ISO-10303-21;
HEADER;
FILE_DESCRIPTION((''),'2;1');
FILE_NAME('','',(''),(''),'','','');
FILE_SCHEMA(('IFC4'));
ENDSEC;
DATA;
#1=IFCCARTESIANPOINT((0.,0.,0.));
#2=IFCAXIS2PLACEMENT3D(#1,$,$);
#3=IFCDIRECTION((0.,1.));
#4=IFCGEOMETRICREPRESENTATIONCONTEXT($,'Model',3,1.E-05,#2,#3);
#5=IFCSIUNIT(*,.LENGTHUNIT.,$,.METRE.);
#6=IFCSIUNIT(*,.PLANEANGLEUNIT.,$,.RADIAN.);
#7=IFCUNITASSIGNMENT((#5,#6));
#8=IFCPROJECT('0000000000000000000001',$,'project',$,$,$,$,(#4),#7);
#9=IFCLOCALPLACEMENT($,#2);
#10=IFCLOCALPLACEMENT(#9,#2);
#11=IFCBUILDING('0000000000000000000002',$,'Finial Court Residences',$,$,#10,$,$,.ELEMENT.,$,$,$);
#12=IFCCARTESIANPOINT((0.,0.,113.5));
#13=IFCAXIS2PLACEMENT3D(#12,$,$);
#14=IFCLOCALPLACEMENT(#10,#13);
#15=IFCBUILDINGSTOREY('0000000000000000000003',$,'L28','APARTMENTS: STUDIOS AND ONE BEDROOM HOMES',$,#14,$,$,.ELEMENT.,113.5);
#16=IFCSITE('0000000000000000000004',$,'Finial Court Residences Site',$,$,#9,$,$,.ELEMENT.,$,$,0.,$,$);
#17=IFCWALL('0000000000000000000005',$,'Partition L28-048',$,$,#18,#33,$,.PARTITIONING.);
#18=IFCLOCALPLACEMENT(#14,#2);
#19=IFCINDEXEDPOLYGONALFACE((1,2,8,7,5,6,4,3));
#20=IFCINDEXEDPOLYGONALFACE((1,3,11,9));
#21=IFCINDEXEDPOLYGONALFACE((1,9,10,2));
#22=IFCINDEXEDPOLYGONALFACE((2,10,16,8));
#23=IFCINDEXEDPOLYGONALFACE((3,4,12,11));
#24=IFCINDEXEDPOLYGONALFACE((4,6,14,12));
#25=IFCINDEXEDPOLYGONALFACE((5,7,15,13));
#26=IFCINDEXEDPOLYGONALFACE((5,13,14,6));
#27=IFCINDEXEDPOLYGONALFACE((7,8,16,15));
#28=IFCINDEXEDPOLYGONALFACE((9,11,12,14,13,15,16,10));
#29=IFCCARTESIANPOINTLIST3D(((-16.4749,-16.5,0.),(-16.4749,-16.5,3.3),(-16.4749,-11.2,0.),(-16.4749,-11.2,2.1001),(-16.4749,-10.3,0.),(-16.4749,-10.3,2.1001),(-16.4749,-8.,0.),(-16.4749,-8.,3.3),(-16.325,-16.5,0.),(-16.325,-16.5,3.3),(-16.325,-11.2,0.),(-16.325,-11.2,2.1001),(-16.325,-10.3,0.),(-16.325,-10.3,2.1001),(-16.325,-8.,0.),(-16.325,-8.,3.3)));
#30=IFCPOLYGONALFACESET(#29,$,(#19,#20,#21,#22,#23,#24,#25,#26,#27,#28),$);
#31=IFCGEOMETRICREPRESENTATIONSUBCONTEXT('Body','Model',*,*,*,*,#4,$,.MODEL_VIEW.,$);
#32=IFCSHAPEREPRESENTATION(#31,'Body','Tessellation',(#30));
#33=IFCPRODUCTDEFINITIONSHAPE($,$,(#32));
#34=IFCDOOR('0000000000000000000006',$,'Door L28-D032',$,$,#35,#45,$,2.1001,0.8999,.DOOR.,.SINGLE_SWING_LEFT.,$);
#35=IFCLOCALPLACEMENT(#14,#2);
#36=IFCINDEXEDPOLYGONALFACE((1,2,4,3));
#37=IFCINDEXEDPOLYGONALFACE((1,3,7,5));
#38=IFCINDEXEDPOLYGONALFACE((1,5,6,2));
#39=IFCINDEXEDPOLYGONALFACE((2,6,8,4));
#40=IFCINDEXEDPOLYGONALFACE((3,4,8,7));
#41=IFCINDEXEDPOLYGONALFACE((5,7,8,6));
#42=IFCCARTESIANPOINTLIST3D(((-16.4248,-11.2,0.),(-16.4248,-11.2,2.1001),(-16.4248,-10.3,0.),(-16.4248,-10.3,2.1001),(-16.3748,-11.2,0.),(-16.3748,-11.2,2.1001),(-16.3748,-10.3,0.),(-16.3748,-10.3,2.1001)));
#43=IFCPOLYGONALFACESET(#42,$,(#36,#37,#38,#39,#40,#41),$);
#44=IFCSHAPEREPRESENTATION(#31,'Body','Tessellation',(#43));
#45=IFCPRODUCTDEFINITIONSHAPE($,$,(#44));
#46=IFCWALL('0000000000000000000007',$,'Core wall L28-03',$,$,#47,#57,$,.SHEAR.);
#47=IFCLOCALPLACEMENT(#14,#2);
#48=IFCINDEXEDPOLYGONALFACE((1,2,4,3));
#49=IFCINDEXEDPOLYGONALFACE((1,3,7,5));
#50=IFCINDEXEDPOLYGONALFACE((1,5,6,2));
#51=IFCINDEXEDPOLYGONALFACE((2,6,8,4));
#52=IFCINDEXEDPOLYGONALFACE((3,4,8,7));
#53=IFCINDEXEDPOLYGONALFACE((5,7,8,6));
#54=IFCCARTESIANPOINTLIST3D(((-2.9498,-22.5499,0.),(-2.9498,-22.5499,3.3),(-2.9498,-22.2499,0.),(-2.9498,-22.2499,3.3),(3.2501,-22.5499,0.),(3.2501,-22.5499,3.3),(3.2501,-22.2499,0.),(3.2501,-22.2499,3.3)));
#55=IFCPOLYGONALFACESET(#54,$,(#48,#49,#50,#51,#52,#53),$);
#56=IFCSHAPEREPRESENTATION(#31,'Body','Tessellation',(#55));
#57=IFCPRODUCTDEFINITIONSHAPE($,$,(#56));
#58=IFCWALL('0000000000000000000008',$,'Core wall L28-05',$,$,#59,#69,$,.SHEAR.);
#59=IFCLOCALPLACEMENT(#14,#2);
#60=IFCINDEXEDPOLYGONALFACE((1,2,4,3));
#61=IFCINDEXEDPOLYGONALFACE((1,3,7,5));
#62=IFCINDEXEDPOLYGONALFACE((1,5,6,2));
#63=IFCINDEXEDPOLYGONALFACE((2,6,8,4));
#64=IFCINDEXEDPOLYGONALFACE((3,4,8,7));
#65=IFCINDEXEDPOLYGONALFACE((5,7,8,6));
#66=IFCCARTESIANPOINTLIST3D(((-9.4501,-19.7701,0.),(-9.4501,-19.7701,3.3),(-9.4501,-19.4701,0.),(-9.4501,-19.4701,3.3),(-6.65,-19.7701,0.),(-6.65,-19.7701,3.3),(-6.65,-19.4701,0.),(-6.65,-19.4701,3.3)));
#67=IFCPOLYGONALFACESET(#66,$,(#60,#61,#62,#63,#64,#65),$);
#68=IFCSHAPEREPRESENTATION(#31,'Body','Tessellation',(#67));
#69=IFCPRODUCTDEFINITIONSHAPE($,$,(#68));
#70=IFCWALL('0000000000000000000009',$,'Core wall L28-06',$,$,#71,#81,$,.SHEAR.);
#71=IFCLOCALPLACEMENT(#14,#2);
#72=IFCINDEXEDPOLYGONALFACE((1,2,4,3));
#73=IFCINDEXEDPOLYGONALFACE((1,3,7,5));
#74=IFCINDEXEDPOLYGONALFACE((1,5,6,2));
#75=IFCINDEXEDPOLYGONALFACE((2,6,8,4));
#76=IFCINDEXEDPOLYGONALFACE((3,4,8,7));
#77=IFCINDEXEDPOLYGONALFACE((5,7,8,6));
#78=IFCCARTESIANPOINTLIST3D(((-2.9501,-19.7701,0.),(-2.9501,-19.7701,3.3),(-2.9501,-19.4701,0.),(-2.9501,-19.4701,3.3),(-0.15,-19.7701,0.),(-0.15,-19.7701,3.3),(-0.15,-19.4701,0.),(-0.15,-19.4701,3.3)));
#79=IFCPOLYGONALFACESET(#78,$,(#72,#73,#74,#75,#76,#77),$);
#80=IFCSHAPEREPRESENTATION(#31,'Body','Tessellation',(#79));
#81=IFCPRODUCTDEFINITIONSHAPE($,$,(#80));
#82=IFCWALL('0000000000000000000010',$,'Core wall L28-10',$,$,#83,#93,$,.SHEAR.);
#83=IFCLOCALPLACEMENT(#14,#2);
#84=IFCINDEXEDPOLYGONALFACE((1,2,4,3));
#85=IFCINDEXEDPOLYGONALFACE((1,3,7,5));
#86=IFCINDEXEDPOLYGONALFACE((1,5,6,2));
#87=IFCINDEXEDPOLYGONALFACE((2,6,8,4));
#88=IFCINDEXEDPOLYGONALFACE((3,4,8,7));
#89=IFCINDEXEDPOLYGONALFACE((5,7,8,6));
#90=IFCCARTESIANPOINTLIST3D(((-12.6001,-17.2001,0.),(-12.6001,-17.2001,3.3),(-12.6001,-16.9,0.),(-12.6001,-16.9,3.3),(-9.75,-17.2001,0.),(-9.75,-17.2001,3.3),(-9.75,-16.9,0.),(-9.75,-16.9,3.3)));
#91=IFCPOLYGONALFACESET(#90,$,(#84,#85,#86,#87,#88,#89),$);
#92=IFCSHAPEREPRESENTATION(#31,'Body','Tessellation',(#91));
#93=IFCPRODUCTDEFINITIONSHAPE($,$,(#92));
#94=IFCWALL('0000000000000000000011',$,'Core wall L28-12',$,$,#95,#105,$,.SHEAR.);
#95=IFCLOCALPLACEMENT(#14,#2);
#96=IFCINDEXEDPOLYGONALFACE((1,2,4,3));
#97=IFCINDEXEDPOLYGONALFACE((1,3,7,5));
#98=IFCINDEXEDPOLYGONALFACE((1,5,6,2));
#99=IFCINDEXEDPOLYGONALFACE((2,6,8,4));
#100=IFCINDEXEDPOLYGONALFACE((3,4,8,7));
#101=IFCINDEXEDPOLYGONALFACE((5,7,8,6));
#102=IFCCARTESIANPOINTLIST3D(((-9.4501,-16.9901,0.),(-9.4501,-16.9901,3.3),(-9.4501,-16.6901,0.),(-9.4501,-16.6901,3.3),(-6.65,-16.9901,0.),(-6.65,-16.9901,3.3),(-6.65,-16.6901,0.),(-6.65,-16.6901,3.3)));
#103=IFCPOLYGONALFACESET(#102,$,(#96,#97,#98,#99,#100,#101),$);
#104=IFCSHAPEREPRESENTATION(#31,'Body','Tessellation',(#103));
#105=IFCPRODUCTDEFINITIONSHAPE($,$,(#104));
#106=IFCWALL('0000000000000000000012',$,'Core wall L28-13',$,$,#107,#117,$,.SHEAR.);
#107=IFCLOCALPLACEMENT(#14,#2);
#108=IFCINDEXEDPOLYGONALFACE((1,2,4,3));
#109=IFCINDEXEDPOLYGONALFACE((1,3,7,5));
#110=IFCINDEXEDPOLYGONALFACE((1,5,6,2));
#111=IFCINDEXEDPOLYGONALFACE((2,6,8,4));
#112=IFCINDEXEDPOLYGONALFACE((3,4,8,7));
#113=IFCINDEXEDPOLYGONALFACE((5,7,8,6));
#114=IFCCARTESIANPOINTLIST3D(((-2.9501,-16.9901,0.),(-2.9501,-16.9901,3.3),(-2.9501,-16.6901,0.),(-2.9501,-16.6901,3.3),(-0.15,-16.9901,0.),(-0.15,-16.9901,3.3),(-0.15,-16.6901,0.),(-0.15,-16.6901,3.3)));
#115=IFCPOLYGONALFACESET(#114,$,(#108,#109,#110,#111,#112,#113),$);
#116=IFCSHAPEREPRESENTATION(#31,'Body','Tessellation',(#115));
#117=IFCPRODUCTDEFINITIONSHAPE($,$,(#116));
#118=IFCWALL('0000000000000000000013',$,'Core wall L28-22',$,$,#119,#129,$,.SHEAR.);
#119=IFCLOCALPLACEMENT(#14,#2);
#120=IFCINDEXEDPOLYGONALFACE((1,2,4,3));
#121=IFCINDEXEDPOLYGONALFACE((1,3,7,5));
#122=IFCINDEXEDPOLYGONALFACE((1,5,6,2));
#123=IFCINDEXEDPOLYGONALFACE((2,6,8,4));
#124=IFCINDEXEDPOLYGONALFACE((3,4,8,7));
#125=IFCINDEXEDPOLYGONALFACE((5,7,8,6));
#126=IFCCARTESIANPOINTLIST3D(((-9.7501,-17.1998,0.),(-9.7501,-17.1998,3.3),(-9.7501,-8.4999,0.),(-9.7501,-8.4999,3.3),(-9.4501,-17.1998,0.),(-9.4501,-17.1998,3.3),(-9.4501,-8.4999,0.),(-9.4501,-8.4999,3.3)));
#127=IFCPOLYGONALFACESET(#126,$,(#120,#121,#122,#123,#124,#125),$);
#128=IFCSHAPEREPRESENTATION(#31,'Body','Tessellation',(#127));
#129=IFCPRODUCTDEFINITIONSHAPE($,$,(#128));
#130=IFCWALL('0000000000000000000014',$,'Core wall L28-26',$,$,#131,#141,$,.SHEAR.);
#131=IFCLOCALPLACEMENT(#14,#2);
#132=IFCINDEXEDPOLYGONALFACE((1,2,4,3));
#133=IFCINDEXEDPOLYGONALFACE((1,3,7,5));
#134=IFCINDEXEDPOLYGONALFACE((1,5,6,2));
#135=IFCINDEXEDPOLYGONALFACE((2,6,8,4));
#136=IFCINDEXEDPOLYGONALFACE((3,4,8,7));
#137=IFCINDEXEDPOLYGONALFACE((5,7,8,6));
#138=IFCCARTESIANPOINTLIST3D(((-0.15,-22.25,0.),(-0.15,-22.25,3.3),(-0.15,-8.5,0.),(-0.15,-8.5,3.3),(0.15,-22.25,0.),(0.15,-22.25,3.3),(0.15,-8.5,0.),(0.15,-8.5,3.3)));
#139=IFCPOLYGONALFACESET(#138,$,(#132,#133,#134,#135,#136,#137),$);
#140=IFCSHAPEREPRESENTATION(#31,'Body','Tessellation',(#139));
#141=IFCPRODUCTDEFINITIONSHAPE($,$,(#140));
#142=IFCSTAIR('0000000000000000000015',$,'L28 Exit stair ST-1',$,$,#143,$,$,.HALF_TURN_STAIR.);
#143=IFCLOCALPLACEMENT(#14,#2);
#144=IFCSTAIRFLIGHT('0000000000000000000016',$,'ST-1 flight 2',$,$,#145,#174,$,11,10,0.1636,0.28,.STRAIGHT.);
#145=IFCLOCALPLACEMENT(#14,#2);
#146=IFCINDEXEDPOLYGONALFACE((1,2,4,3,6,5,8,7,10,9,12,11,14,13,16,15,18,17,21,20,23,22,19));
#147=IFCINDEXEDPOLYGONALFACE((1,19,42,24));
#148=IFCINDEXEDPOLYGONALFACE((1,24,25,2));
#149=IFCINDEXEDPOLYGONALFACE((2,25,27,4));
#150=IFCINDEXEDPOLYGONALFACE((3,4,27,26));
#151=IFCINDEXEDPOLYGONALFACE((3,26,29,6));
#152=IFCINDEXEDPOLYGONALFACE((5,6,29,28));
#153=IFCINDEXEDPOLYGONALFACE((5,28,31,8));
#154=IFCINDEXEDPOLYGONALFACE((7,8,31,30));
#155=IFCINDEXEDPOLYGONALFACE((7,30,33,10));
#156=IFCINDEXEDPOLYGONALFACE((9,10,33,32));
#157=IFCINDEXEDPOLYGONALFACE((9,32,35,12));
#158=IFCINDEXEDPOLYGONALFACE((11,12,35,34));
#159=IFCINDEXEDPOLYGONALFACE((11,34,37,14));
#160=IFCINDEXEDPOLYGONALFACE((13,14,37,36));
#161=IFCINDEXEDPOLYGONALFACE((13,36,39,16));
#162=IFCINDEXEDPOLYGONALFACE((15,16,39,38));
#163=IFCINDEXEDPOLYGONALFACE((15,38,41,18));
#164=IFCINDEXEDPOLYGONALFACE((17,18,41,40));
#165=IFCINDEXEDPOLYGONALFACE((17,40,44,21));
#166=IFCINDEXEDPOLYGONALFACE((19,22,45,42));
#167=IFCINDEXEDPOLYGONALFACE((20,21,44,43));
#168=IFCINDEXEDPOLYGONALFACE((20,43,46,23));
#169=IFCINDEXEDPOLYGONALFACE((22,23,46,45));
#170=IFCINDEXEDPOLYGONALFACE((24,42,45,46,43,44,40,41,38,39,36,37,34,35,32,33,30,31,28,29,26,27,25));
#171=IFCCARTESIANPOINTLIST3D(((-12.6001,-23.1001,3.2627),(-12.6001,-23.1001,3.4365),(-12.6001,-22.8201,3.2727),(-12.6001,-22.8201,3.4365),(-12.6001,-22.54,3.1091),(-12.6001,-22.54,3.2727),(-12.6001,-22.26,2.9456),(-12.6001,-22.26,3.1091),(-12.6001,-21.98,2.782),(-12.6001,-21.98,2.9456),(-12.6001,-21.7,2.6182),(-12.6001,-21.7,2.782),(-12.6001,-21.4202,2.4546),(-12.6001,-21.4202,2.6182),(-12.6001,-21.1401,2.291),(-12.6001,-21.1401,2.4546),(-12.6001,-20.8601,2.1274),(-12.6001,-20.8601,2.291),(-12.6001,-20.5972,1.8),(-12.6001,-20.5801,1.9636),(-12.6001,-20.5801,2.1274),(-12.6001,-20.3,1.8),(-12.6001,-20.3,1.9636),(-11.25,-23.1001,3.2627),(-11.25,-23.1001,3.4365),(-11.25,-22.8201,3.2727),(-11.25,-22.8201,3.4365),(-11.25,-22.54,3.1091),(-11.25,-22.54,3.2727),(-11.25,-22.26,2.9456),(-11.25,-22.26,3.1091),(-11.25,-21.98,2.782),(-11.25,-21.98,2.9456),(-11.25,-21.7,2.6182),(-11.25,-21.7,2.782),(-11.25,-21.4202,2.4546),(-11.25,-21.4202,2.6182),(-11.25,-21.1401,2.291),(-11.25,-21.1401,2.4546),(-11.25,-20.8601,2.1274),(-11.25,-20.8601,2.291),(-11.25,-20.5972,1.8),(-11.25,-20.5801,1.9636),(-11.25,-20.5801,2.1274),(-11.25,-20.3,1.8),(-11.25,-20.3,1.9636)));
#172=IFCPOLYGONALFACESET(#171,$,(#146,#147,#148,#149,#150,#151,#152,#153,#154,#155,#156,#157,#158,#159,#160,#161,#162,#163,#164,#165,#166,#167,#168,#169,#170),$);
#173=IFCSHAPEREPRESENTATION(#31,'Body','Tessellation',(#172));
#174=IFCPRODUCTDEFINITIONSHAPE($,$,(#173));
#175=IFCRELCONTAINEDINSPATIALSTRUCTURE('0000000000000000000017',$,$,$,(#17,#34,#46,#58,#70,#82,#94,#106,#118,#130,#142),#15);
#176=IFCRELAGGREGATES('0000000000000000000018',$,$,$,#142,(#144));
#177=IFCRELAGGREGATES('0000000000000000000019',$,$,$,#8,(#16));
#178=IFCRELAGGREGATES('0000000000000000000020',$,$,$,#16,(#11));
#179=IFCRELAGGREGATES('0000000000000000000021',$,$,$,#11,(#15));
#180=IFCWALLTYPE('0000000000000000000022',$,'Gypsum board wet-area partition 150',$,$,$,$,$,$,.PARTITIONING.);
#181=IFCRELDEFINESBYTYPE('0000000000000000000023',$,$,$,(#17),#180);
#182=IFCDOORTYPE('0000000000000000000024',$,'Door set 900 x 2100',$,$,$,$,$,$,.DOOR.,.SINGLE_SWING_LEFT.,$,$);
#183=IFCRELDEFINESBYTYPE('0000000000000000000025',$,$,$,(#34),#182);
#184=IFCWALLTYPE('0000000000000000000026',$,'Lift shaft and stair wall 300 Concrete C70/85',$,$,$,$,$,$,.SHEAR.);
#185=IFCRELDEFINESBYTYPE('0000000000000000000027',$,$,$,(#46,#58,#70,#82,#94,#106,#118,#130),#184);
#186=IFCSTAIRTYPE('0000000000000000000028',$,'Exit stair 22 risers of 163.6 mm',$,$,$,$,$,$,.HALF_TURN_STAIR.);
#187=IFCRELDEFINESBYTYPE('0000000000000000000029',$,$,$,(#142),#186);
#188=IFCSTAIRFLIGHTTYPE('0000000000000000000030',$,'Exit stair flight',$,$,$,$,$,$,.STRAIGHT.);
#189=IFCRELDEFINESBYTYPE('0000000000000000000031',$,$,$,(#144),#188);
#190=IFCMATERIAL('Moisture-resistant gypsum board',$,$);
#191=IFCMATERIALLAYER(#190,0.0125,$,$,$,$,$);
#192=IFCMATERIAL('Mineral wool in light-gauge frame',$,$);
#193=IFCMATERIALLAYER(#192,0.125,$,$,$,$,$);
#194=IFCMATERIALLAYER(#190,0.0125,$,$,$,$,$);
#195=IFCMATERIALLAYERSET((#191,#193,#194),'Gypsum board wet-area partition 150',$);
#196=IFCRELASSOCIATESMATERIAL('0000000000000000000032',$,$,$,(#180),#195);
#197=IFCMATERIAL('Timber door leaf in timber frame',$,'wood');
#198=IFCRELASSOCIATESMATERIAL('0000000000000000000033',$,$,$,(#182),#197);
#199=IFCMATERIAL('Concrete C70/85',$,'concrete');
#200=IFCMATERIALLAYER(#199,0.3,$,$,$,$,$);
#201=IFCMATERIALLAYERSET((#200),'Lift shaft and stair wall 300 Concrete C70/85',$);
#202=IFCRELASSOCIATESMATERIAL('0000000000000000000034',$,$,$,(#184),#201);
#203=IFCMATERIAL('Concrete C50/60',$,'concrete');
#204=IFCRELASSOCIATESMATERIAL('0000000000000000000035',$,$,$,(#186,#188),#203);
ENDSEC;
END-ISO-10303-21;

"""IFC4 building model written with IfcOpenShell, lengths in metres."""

from ifc_helpers import new_model, si_unit, direction, frame, frame_2d, origin, place, context, subcontext, project, spatial, polyline, rectangle, outline, extrude, material, layer, layer_set, type_object, element, fill, aggregate, save


model = new_model("IFC4")

# Units and contexts
model_context = context("Model", 3, precision=1e-05, world=origin(), true_north=direction((0.0, 1.0)))
body_context = subcontext(model_context, "Body", "Model", "MODEL_VIEW")
ifc_project = project(units=[si_unit("LENGTHUNIT", "METRE"), si_unit("PLANEANGLEUNIT", "RADIAN")], contexts=[model_context])

# Site, building, storey
site_placement = place(None, origin())
site = spatial("IfcSite", under=ifc_project, at=site_placement, Name="Finial Court Residences Site", CompositionType="ELEMENT", RefElevation=0.0)
building_placement = place(site_placement, origin())
building = spatial("IfcBuilding", under=site, at=building_placement, Name="Finial Court Residences", CompositionType="ELEMENT")
storey_placement = place(building_placement, frame((0.0, 0.0, 113.5)))
storey = spatial("IfcBuildingStorey", under=building, at=storey_placement, Name="L28", Description="APARTMENTS: STUDIOS AND ONE BEDROOM HOMES", CompositionType="ELEMENT", Elevation=113.5)

# Wall, opening, door
ifc_material_1 = material(Name="Moisture-resistant gypsum board")
ifc_layer_1 = layer(ifc_material_1, 0.0125)
ifc_material_2 = material(Name="Mineral wool in light-gauge frame")
ifc_layer_2 = layer(ifc_material_2, 0.125)
ifc_layer_3 = layer(ifc_material_1, 0.0125)
ifc_layer_set_1 = layer_set([ifc_layer_1, ifc_layer_2, ifc_layer_3], Name="Gypsum board wet-area partition 150")
wall_type_1 = type_object("IfcWallType", Name="Gypsum board wet-area partition 150", PredefinedType="PARTITIONING", material=ifc_layer_set_1)
wall_1_placement = place(storey_placement, frame((-16.3999, -16.5, 0.0), z_axis=(0.0, 0.0, 1.0), x_axis=(0.0, 1.0, 0.0)))
wall_1 = element("IfcWall", 1, at=wall_1_placement, inside=storey, type_object=wall_type_1, Name="Partition L28-048", PredefinedType="PARTITIONING", context=body_context, shape_type="SweptSolid", body=[
    extrude(rectangle(XDim=8.5, YDim=0.1499, at=frame_2d((4.25, 0.0))), origin(), (0.0, 0.0, 1.0), 3.3),
])
opening_placement = place(wall_1_placement, frame((5.3, 0.0, 0.0)))
opening = element("IfcOpeningElement", 2, at=opening_placement, cuts=wall_1, PredefinedType="OPENING", context=body_context, shape_type="SweptSolid", body=[
    extrude(rectangle(XDim=0.8999, YDim=2.1001, at=frame_2d((0.45, 1.05))), frame((0.0, 0.085, 0.0), z_axis=(0.0, -1.0, 0.0), x_axis=(1.0, 0.0, 0.0)), (0.0, 0.0, 1.0), 0.1699),
])
ifc_material_3 = material(Name="Timber door leaf in timber frame", Category="wood")
door_type = type_object("IfcDoorType", Name="Door set 900 x 2100", OperationType="SINGLE_SWING_LEFT", PredefinedType="DOOR", material=ifc_material_3)
door_placement = place(opening_placement, origin())
door = element("IfcDoor", 3, at=door_placement, inside=storey, type_object=door_type, Name="Door L28-D032", OperationType="SINGLE_SWING_LEFT", OverallHeight=2.1001, OverallWidth=0.8999, PredefinedType="DOOR", context=body_context, shape_type="SweptSolid", body=[
    extrude(rectangle(XDim=0.8999, YDim=2.1001, at=frame_2d((0.45, 1.05))), frame((0.0, 0.0249, 0.0), z_axis=(0.0, -1.0, 0.0), x_axis=(1.0, 0.0, 0.0)), (0.0, 0.0, 1.0), 0.05),
])
fill(opening, door)

# Walls
ifc_material_4 = material(Name="Concrete C70/85", Category="concrete")
ifc_layer_4 = layer(ifc_material_4, 0.3)
ifc_layer_set_2 = layer_set([ifc_layer_4], Name="Lift shaft and stair wall 300 Concrete C70/85")
wall_type_2 = type_object("IfcWallType", Name="Lift shaft and stair wall 300 Concrete C70/85", PredefinedType="SHEAR", material=ifc_layer_set_2)
wall_2_placement = place(storey_placement, frame((-2.95, -22.3999, 0.0), z_axis=(0.0, 0.0, 1.0), x_axis=(1.0, 0.0, 0.0)))
element("IfcWall", 4, at=wall_2_placement, inside=storey, type_object=wall_type_2, Name="Core wall L28-03", PredefinedType="SHEAR", context=body_context, shape_type="SweptSolid", body=[
    extrude(rectangle(XDim=6.2, YDim=0.3, at=frame_2d((3.1001, 0.0))), origin(), (0.0, 0.0, 1.0), 3.3),
])
for number, where, z_axis, x_axis, name in (
    (5, (-9.45, -19.6201, 0.0), (0.0, 0.0, 1.0), (1.0, 0.0, 0.0), "Core wall L28-05"),
    (6, (-2.95, -19.6201, 0.0), (0.0, 0.0, 1.0), (1.0, 0.0, 0.0), "Core wall L28-06"),
):
    element("IfcWall", number, at=place(storey_placement, frame(where, z_axis=z_axis, x_axis=x_axis)), inside=storey, type_object=wall_type_2, Name=name, PredefinedType="SHEAR", context=body_context, shape_type="SweptSolid", body=[
        extrude(rectangle(XDim=2.8, YDim=0.3, at=frame_2d((1.3999, 0.0))), origin(), (0.0, 0.0, 1.0), 3.3),
    ])
wall_3_placement = place(storey_placement, frame((-12.6001, -17.05, 0.0), z_axis=(0.0, 0.0, 1.0), x_axis=(1.0, 0.0, 0.0)))
element("IfcWall", 7, at=wall_3_placement, inside=storey, type_object=wall_type_2, Name="Core wall L28-10", PredefinedType="SHEAR", context=body_context, shape_type="SweptSolid", body=[
    extrude(rectangle(XDim=2.8501, YDim=0.3, at=frame_2d((1.425, 0.0))), origin(), (0.0, 0.0, 1.0), 3.3),
])
for number, where, z_axis, x_axis, name in (
    (8, (-9.45, -16.8401, 0.0), (0.0, 0.0, 1.0), (1.0, 0.0, 0.0), "Core wall L28-12"),
    (9, (-2.95, -16.8401, 0.0), (0.0, 0.0, 1.0), (1.0, 0.0, 0.0), "Core wall L28-13"),
):
    element("IfcWall", number, at=place(storey_placement, frame(where, z_axis=z_axis, x_axis=x_axis)), inside=storey, type_object=wall_type_2, Name=name, PredefinedType="SHEAR", context=body_context, shape_type="SweptSolid", body=[
        extrude(rectangle(XDim=2.8, YDim=0.3, at=frame_2d((1.3999, 0.0))), origin(), (0.0, 0.0, 1.0), 3.3),
    ])
wall_4_placement = place(storey_placement, frame((-9.6001, -17.2, 0.0), z_axis=(0.0, 0.0, 1.0), x_axis=(0.0, 1.0, 0.0)))
element("IfcWall", 10, at=wall_4_placement, inside=storey, type_object=wall_type_2, Name="Core wall L28-22", PredefinedType="SHEAR", context=body_context, shape_type="SweptSolid", body=[
    extrude(rectangle(XDim=8.7, YDim=0.3, at=frame_2d((4.3501, 0.0))), origin(), (0.0, 0.0, 1.0), 3.3),
])
wall_5_placement = place(storey_placement, frame((0.0, -22.25, 0.0), z_axis=(0.0, 0.0, 1.0), x_axis=(0.0, 1.0, 0.0)))
element("IfcWall", 11, at=wall_5_placement, inside=storey, type_object=wall_type_2, Name="Core wall L28-26", PredefinedType="SHEAR", context=body_context, shape_type="SweptSolid", body=[
    extrude(rectangle(XDim=13.75, YDim=0.3, at=frame_2d((6.875, 0.0))), origin(), (0.0, 0.0, 1.0), 3.3),
])

# Stair, stair flight
ifc_material_5 = material(Name="Concrete C50/60", Category="concrete")
stair_type = type_object("IfcStairType", Name="Exit stair 22 risers of 163.6 mm", PredefinedType="HALF_TURN_STAIR", material=ifc_material_5)
stair_placement = place(storey_placement, origin())
stair = element("IfcStair", 12, at=stair_placement, inside=storey, type_object=stair_type, Name="L28 Exit stair ST-1", PredefinedType="HALF_TURN_STAIR")
stair_flight_type = type_object("IfcStairFlightType", Name="Exit stair flight", PredefinedType="STRAIGHT", material=ifc_material_5)
stair_flight_placement = place(storey_placement, frame((-11.925, -20.3, 1.8), z_axis=(0.0, 0.0, 1.0), x_axis=(0.0, -1.0, 0.0)))
stair_flight = element("IfcStairFlight", 13, at=stair_flight_placement, type_object=stair_flight_type, Name="ST-1 flight 2", NumberOfRisers=11, NumberOfTreads=10, PredefinedType="STRAIGHT", RiserHeight=0.1636, TreadLength=0.28, context=body_context, shape_type="SweptSolid", body=[
    extrude(outline(polyline([(0.0, 0.0), (0.0, 0.1636), (0.28, 0.1636), (0.28, 0.3274), (0.5601, 0.3274), (0.5601, 0.491), (0.8401, 0.491), (0.8401, 0.6545), (1.1201, 0.6545), (1.1201, 0.8181), (1.3999, 0.8181), (1.3999, 0.9819), (1.6799, 0.9819), (1.6799, 1.1455), (1.96, 1.1455), (1.96, 1.3091), (2.24, 1.3091), (2.24, 1.4727), (2.52, 1.4727), (2.52, 1.6365), (2.8, 1.6365), (2.8, 1.8), (2.8, 1.4626), (0.2971, 0.0), (0.0, 0.0)])), frame((0.0, 0.675, 0.0), z_axis=(0.0, -1.0, 0.0), x_axis=(1.0, 0.0, 0.0)), (0.0, 0.0, 1.0), 1.3501),
])
aggregate(stair, [stair_flight])

save(model, "model.ifc")
